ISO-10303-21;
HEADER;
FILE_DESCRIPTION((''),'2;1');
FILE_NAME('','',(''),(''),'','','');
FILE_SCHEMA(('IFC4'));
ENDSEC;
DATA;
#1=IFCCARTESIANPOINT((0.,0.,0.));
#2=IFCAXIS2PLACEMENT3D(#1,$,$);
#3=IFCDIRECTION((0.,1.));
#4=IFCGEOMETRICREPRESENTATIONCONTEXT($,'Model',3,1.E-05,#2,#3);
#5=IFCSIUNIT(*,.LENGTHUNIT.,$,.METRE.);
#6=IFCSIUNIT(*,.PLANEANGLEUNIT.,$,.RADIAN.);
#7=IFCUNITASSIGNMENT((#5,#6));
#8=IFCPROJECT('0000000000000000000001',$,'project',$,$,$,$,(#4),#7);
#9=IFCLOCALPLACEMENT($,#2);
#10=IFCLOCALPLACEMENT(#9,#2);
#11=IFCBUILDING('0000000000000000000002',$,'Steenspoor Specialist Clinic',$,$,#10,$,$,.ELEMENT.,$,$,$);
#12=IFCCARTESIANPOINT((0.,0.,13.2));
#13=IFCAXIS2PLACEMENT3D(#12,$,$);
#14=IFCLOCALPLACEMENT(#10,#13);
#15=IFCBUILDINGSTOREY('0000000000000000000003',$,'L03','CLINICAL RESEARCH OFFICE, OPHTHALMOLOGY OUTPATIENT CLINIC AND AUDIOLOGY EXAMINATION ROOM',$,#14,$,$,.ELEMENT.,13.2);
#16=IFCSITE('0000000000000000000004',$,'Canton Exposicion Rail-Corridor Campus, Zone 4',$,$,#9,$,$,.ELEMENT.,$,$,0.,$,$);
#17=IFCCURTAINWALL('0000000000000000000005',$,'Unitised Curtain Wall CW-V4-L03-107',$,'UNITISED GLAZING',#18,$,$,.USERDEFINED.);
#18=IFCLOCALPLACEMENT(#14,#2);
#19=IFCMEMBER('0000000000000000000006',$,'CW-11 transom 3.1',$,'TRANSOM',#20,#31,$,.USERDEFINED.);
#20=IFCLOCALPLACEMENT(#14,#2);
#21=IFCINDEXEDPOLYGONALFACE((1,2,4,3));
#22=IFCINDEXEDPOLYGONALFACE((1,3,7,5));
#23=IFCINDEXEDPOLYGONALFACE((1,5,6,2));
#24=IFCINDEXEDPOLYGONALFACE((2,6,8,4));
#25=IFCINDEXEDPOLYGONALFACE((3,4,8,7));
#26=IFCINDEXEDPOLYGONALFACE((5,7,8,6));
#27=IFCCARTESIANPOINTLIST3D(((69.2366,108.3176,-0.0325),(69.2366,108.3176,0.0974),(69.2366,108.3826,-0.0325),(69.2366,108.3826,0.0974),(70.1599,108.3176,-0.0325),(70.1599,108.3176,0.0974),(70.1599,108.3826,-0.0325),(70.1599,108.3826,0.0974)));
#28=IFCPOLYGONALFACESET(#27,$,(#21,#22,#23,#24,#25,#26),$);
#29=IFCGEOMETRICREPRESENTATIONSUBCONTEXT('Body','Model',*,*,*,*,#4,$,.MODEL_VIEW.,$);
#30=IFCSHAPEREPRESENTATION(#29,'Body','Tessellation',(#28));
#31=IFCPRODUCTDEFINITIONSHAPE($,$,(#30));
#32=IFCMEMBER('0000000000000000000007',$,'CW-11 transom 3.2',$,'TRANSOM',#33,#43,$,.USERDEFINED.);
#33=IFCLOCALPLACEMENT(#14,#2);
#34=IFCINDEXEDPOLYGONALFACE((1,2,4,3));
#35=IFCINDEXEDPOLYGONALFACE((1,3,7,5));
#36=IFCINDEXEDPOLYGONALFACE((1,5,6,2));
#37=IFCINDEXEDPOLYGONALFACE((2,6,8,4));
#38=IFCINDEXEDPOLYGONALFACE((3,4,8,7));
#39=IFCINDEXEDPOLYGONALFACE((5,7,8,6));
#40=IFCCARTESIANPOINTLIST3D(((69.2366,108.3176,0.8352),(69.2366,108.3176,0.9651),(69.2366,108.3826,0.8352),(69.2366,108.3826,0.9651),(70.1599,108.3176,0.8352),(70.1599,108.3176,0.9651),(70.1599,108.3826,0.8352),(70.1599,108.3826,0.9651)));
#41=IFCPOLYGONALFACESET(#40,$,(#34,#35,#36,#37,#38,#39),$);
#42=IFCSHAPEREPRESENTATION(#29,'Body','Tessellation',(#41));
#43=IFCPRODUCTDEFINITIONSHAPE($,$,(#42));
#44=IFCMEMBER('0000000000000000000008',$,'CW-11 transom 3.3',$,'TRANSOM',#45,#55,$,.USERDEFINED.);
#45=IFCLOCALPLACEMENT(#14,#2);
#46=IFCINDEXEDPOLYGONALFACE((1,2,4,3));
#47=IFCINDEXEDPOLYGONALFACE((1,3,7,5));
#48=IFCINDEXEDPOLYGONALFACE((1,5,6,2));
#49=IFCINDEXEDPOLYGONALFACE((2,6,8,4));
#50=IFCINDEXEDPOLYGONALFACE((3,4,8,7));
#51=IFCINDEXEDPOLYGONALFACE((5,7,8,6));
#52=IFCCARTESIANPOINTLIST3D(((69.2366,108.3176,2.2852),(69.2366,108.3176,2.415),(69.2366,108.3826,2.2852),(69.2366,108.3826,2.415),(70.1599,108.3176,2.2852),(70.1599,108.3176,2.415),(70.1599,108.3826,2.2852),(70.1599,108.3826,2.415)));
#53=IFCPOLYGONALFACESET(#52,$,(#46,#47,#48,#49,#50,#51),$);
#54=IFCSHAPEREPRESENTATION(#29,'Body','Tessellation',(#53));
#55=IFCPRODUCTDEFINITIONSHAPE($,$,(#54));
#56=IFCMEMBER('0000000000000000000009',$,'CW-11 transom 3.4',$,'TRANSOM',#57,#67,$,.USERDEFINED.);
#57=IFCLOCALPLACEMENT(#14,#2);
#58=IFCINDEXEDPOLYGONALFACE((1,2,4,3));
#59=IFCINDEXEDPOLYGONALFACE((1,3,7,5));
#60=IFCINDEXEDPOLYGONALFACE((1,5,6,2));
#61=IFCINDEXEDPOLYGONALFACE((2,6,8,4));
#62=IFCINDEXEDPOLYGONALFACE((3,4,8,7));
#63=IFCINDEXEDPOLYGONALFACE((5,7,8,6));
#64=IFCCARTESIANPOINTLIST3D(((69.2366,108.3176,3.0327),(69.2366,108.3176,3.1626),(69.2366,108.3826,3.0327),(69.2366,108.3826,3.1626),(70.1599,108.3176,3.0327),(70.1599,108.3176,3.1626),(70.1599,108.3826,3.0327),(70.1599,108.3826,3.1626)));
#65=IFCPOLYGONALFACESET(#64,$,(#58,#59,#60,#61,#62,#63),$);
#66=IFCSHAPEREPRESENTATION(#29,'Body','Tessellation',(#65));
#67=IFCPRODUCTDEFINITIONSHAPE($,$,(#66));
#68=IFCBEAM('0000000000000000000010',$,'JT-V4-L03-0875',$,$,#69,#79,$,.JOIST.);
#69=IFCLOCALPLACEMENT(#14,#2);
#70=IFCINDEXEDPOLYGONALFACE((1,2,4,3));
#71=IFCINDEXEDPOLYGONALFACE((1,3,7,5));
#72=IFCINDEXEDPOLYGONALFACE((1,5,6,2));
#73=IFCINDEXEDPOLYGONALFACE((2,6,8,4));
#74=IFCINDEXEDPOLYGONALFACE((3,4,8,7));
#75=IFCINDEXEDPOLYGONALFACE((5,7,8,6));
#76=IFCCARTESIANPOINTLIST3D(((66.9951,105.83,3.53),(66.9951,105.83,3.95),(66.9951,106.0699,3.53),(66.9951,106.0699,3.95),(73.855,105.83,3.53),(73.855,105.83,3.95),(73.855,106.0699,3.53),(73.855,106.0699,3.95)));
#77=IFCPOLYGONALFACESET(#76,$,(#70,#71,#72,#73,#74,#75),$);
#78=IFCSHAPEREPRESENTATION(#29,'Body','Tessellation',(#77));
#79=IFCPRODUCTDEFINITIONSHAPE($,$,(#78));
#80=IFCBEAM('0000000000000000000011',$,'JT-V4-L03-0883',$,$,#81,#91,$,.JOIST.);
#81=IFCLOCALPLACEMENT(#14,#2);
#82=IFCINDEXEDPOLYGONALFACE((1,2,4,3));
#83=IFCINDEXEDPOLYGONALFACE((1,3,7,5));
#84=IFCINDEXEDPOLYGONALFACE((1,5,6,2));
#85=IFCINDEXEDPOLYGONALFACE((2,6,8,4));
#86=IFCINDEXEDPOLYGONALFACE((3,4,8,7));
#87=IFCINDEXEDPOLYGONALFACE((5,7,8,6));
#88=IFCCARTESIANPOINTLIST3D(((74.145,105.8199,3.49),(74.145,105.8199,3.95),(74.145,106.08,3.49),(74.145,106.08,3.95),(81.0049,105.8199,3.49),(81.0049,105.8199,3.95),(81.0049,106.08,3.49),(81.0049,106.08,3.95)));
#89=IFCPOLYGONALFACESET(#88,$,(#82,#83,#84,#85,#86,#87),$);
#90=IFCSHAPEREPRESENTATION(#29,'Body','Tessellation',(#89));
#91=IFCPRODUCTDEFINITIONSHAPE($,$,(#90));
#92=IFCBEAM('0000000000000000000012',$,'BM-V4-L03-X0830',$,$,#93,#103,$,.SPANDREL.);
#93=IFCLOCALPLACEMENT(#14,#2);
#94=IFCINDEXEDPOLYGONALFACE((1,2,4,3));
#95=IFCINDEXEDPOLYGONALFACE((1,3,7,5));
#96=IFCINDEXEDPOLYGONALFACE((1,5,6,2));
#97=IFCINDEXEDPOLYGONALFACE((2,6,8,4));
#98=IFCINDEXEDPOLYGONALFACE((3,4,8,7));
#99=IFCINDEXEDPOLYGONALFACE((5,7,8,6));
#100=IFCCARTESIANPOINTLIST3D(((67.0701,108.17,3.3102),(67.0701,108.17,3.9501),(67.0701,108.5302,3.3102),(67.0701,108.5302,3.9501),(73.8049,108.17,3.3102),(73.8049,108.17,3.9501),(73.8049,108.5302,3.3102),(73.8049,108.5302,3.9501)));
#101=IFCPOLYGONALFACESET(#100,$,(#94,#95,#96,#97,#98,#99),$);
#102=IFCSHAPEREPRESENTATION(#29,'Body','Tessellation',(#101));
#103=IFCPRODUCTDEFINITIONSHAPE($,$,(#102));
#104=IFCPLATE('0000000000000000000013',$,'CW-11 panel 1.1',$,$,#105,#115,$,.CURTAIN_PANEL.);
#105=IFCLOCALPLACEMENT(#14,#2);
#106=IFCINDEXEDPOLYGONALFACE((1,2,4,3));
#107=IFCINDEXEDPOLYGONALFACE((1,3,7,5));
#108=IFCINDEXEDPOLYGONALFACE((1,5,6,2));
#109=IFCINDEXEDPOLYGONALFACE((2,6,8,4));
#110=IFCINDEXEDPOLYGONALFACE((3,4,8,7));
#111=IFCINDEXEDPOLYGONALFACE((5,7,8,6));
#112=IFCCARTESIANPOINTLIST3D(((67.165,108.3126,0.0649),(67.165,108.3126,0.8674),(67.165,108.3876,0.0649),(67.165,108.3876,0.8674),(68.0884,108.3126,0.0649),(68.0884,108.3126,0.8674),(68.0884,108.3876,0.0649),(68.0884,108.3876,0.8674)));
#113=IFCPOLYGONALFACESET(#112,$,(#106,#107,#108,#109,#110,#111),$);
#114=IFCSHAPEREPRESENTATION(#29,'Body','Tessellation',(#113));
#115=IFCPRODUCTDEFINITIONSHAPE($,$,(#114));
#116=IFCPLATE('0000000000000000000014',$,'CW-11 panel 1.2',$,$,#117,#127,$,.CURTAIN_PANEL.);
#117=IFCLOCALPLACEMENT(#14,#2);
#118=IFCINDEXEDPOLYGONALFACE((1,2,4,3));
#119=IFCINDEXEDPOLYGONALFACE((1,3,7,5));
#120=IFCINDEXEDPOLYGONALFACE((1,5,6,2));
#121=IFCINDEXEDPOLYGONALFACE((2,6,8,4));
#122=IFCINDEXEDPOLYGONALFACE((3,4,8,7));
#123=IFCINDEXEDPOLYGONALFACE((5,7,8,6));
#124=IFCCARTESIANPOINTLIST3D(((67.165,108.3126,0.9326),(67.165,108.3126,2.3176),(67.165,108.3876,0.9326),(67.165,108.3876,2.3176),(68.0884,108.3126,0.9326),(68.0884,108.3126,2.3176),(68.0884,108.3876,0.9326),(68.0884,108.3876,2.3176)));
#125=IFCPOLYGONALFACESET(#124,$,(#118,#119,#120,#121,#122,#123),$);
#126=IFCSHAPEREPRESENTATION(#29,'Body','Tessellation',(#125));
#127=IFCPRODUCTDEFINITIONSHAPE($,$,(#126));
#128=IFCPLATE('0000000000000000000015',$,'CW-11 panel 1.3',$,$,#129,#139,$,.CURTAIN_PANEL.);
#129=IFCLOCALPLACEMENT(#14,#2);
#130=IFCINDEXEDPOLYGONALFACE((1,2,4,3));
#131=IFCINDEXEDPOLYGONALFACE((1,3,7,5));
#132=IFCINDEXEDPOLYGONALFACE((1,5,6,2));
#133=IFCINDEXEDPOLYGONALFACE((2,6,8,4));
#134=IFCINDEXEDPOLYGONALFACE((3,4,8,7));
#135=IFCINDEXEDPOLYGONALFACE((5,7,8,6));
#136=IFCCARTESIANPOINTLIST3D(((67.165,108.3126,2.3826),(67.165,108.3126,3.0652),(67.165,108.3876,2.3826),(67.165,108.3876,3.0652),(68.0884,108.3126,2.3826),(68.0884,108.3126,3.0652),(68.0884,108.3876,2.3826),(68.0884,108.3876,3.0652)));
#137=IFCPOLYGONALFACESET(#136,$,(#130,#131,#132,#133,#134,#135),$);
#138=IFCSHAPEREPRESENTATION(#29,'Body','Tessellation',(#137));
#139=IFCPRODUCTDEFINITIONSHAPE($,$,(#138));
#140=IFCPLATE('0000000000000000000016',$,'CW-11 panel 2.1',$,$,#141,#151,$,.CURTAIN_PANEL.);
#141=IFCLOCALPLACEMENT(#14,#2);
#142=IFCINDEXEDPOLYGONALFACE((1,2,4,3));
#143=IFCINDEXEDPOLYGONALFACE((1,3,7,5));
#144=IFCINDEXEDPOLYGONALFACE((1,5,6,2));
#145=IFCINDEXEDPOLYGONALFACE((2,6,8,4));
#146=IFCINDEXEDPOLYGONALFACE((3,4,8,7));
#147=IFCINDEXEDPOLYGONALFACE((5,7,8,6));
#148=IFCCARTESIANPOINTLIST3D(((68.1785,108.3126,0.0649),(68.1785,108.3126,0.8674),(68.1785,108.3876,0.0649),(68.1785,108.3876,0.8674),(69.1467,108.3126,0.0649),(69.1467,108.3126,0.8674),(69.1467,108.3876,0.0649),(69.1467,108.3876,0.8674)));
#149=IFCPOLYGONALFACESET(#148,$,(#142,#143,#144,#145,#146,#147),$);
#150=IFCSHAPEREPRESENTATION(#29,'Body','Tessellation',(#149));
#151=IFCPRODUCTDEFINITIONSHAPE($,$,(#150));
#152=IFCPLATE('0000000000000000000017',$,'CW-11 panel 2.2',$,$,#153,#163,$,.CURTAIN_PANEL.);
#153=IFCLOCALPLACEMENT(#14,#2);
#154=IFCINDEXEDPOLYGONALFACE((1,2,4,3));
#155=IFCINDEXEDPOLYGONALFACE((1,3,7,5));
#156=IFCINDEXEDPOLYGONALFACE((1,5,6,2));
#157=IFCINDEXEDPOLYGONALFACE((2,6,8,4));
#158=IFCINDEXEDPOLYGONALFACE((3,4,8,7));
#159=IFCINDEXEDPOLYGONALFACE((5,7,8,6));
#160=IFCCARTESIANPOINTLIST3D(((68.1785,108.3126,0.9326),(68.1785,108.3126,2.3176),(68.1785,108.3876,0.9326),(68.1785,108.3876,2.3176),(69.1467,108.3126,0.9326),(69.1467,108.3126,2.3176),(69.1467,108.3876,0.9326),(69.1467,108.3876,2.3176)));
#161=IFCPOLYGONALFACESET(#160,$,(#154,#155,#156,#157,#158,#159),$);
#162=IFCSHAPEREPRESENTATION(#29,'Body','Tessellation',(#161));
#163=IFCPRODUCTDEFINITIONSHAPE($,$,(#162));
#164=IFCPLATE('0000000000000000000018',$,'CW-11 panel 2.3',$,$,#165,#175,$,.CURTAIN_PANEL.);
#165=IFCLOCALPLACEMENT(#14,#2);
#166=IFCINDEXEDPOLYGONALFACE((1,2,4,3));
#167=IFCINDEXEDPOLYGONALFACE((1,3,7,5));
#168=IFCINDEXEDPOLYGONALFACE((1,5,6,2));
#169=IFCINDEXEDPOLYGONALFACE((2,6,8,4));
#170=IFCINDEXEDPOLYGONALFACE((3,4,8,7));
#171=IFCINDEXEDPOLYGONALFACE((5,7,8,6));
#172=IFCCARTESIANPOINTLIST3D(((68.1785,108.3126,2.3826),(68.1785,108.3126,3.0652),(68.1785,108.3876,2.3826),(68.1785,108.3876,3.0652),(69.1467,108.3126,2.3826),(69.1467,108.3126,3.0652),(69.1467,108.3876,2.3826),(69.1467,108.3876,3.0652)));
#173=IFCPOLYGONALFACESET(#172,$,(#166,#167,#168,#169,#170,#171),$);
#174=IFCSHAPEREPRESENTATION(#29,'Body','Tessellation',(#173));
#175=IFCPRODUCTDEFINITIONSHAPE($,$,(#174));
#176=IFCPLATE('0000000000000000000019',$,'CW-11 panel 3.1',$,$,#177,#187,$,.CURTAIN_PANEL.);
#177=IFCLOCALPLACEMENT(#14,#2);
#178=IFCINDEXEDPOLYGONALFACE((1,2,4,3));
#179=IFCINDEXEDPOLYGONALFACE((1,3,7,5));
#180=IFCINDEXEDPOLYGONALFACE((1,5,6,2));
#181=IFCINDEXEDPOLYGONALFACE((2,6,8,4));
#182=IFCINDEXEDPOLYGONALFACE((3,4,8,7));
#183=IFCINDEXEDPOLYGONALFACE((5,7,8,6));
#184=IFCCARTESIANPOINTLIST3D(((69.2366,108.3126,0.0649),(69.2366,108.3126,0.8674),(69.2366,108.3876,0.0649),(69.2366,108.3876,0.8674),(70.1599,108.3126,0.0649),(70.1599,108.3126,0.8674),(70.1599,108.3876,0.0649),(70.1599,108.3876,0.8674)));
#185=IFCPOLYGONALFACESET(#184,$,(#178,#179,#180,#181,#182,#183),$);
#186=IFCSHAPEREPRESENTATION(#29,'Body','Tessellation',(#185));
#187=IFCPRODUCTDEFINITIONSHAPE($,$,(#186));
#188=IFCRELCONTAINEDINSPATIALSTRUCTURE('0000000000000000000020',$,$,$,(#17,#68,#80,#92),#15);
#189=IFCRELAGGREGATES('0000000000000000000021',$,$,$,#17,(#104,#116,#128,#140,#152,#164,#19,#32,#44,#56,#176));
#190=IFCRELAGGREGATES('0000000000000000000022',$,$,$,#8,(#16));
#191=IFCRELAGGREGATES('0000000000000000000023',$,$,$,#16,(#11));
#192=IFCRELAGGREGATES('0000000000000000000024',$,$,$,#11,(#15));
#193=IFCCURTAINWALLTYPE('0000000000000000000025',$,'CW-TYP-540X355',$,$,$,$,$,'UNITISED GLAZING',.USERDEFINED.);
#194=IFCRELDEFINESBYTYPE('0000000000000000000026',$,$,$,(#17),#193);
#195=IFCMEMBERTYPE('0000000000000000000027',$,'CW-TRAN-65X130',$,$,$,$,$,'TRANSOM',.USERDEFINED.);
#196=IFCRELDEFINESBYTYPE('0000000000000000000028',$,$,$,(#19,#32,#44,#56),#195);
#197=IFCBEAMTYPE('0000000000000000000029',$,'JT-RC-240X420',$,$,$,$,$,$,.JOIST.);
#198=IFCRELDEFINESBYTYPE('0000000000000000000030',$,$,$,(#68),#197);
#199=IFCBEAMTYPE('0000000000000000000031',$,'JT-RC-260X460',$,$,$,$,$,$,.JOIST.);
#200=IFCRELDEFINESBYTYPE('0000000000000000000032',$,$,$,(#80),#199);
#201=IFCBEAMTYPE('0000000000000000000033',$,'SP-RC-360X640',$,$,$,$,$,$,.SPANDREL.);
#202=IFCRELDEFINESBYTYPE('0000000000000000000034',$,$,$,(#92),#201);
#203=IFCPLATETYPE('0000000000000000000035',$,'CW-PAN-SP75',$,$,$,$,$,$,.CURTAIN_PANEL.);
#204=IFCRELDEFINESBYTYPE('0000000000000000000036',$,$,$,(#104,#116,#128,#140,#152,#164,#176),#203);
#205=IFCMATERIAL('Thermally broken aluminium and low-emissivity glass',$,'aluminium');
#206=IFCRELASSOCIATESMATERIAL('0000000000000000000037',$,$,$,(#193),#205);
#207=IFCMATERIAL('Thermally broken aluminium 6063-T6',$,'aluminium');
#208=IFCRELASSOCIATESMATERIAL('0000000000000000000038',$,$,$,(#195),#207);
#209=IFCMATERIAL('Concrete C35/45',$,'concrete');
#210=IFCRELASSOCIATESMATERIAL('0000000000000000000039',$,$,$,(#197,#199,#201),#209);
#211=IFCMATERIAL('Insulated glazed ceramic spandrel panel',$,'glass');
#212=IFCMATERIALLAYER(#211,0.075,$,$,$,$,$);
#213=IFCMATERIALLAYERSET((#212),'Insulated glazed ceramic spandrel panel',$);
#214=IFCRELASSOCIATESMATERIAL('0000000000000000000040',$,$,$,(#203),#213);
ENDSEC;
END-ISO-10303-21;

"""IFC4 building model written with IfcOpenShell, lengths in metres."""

from ifc_helpers import new_model, si_unit, direction, frame, origin, origin_2d, place, context, subcontext, project, spatial, rectangle, extrude, material, layer, layer_set, material_profile, profile_set, type_object, element, aggregate, save


model = new_model("IFC4")

# Units and contexts
model_context = context("Model", 3, precision=1e-05, world=origin(), true_north=direction((0.0, 1.0)))
body_context = subcontext(model_context, "Body", "Model", "MODEL_VIEW")
ifc_project = project(units=[si_unit("LENGTHUNIT", "METRE"), si_unit("PLANEANGLEUNIT", "RADIAN")], contexts=[model_context])

# Site, building, storey
site_placement = place(None, origin())
site = spatial("IfcSite", under=ifc_project, at=site_placement, Name="Canton Exposicion Rail-Corridor Campus, Zone 4", CompositionType="ELEMENT", RefElevation=0.0)
building_placement = place(site_placement, origin())
building = spatial("IfcBuilding", under=site, at=building_placement, Name="Steenspoor Specialist Clinic", CompositionType="ELEMENT")
storey_placement = place(building_placement, frame((0.0, 0.0, 13.2)))
storey = spatial("IfcBuildingStorey", under=building, at=storey_placement, Name="L03", Description="CLINICAL RESEARCH OFFICE, OPHTHALMOLOGY OUTPATIENT CLINIC AND AUDIOLOGY EXAMINATION ROOM", CompositionType="ELEMENT", Elevation=13.2)

# Curtain wall, members
ifc_material_1 = material(Name="Thermally broken aluminium and low-emissivity glass", Category="aluminium")
curtain_wall_type = type_object("IfcCurtainWallType", Name="CW-TYP-540X355", ElementType="UNITISED GLAZING", PredefinedType="USERDEFINED", material=ifc_material_1)
curtain_wall_placement = place(storey_placement, origin())
curtain_wall = element("IfcCurtainWall", 1, at=curtain_wall_placement, inside=storey, type_object=curtain_wall_type, Name="Unitised Curtain Wall CW-V4-L03-107", ObjectType="UNITISED GLAZING", PredefinedType="USERDEFINED")
ifc_material_2 = material(Name="Thermally broken aluminium 6063-T6", Category="aluminium")
ifc_material_profile_1 = material_profile(ifc_material_2, rectangle(XDim=0.0649, YDim=0.1299, at=origin_2d()), Name="CWT-65X130")
ifc_profile_set_1 = profile_set([ifc_material_profile_1], Name="Thermally broken aluminium 6063-T6")
member_type_1 = type_object("IfcMemberType", Name="CW-TRAN-65X130", ElementType="TRANSOM", PredefinedType="USERDEFINED", material=ifc_profile_set_1)
member_1_placement = place(storey_placement, frame((69.2366, 108.3501, 0.0325), z_axis=(1.0, 0.0, 0.0), x_axis=(0.0, 1.0, 0.0)))
member_1 = element("IfcMember", 2, at=member_1_placement, type_object=member_type_1, Name="CW-11 transom 3.1", ObjectType="TRANSOM", PredefinedType="USERDEFINED", context=body_context, shape_type="SweptSolid", body=[
    extrude(rectangle(XDim=0.0649, YDim=0.1299, at=origin_2d()), origin(), (0.0, 0.0, 1.0), 0.9233),
])
member_2_placement = place(storey_placement, frame((69.2366, 108.3501, 0.9001), z_axis=(1.0, 0.0, 0.0), x_axis=(0.0, 1.0, 0.0)))
member_2 = element("IfcMember", 3, at=member_2_placement, type_object=member_type_1, Name="CW-11 transom 3.2", ObjectType="TRANSOM", PredefinedType="USERDEFINED", context=body_context, shape_type="SweptSolid", body=[
    extrude(rectangle(XDim=0.0649, YDim=0.1299, at=origin_2d()), origin(), (0.0, 0.0, 1.0), 0.9233),
])
member_3_placement = place(storey_placement, frame((69.2366, 108.3501, 2.3501), z_axis=(1.0, 0.0, 0.0), x_axis=(0.0, 1.0, 0.0)))
member_3 = element("IfcMember", 4, at=member_3_placement, type_object=member_type_1, Name="CW-11 transom 3.3", ObjectType="TRANSOM", PredefinedType="USERDEFINED", context=body_context, shape_type="SweptSolid", body=[
    extrude(rectangle(XDim=0.0649, YDim=0.1299, at=origin_2d()), origin(), (0.0, 0.0, 1.0), 0.9233),
])
member_4_placement = place(storey_placement, frame((69.2366, 108.3501, 3.0977), z_axis=(1.0, 0.0, 0.0), x_axis=(0.0, 1.0, 0.0)))
member_4 = element("IfcMember", 5, at=member_4_placement, type_object=member_type_1, Name="CW-11 transom 3.4", ObjectType="TRANSOM", PredefinedType="USERDEFINED", context=body_context, shape_type="SweptSolid", body=[
    extrude(rectangle(XDim=0.0649, YDim=0.1299, at=origin_2d()), origin(), (0.0, 0.0, 1.0), 0.9233),
])

# Beams
ifc_material_3 = material(Name="Concrete C35/45", Category="concrete")
ifc_material_profile_2 = material_profile(ifc_material_3, rectangle(XDim=0.24, YDim=0.4199, at=origin_2d()), Name="RC-JT-240X420")
ifc_profile_set_2 = profile_set([ifc_material_profile_2], Name="Concrete C35/45")
beam_type_1 = type_object("IfcBeamType", Name="JT-RC-240X420", PredefinedType="JOIST", material=ifc_profile_set_2)
beam_1_placement = place(storey_placement, frame((66.9951, 105.95, 3.74), z_axis=(1.0, 0.0, 0.0), x_axis=(0.0, 1.0, 0.0)))
element("IfcBeam", 6, at=beam_1_placement, inside=storey, type_object=beam_type_1, Name="JT-V4-L03-0875", PredefinedType="JOIST", context=body_context, shape_type="SweptSolid", body=[
    extrude(rectangle(XDim=0.24, YDim=0.4199, at=origin_2d()), origin(), (0.0, 0.0, 1.0), 6.8599),
])
ifc_material_profile_3 = material_profile(ifc_material_3, rectangle(XDim=0.26, YDim=0.46, at=origin_2d()), Name="RC-JT-260X460")
ifc_profile_set_3 = profile_set([ifc_material_profile_3], Name="Concrete C35/45")
beam_type_2 = type_object("IfcBeamType", Name="JT-RC-260X460", PredefinedType="JOIST", material=ifc_profile_set_3)
beam_2_placement = place(storey_placement, frame((74.145, 105.95, 3.72), z_axis=(1.0, 0.0, 0.0), x_axis=(0.0, 1.0, 0.0)))
element("IfcBeam", 7, at=beam_2_placement, inside=storey, type_object=beam_type_2, Name="JT-V4-L03-0883", PredefinedType="JOIST", context=body_context, shape_type="SweptSolid", body=[
    extrude(rectangle(XDim=0.26, YDim=0.46, at=origin_2d()), origin(), (0.0, 0.0, 1.0), 6.8599),
])
ifc_material_profile_4 = material_profile(ifc_material_3, rectangle(XDim=0.3601, YDim=0.6399, at=origin_2d()), Name="RC-SP-360X640")
ifc_profile_set_4 = profile_set([ifc_material_profile_4], Name="Concrete C35/45")
beam_type_3 = type_object("IfcBeamType", Name="SP-RC-360X640", PredefinedType="SPANDREL", material=ifc_profile_set_4)
beam_3_placement = place(storey_placement, frame((67.0701, 108.3501, 3.6301), z_axis=(1.0, 0.0, 0.0), x_axis=(0.0, 1.0, 0.0)))
element("IfcBeam", 8, at=beam_3_placement, inside=storey, type_object=beam_type_3, Name="BM-V4-L03-X0830", PredefinedType="SPANDREL", context=body_context, shape_type="SweptSolid", body=[
    extrude(rectangle(XDim=0.3601, YDim=0.6399, at=origin_2d()), origin(), (0.0, 0.0, 1.0), 6.7349),
])

# Plates
ifc_material_4 = material(Name="Insulated glazed ceramic spandrel panel", Category="glass")
ifc_layer_1 = layer(ifc_material_4, 0.075)
ifc_layer_set_1 = layer_set([ifc_layer_1], Name="Insulated glazed ceramic spandrel panel")
plate_type = type_object("IfcPlateType", Name="CW-PAN-SP75", PredefinedType="CURTAIN_PANEL", material=ifc_layer_set_1)
plate_1_placement = place(storey_placement, frame((67.6267, 108.3501, 0.0649), z_axis=(0.0, 0.0, 1.0), x_axis=(1.0, 0.0, 0.0)))
plate_1 = element("IfcPlate", 9, at=plate_1_placement, type_object=plate_type, Name="CW-11 panel 1.1", PredefinedType="CURTAIN_PANEL", context=body_context, shape_type="SweptSolid", body=[
    extrude(rectangle(XDim=0.9233, YDim=0.075, at=origin_2d()), origin(), (0.0, 0.0, 1.0), 0.8025),
])
plate_2_placement = place(storey_placement, frame((67.6267, 108.3501, 0.9326), z_axis=(0.0, 0.0, 1.0), x_axis=(1.0, 0.0, 0.0)))
plate_2 = element("IfcPlate", 10, at=plate_2_placement, type_object=plate_type, Name="CW-11 panel 1.2", PredefinedType="CURTAIN_PANEL", context=body_context, shape_type="SweptSolid", body=[
    extrude(rectangle(XDim=0.9233, YDim=0.075, at=origin_2d()), origin(), (0.0, 0.0, 1.0), 1.385),
])
plate_3_placement = place(storey_placement, frame((67.6267, 108.3501, 2.3826), z_axis=(0.0, 0.0, 1.0), x_axis=(1.0, 0.0, 0.0)))
plate_3 = element("IfcPlate", 11, at=plate_3_placement, type_object=plate_type, Name="CW-11 panel 1.3", PredefinedType="CURTAIN_PANEL", context=body_context, shape_type="SweptSolid", body=[
    extrude(rectangle(XDim=0.9233, YDim=0.075, at=origin_2d()), origin(), (0.0, 0.0, 1.0), 0.6826),
])
plate_4_placement = place(storey_placement, frame((68.6626, 108.3501, 0.0649), z_axis=(0.0, 0.0, 1.0), x_axis=(1.0, 0.0, 0.0)))
plate_4 = element("IfcPlate", 12, at=plate_4_placement, type_object=plate_type, Name="CW-11 panel 2.1", PredefinedType="CURTAIN_PANEL", context=body_context, shape_type="SweptSolid", body=[
    extrude(rectangle(XDim=0.9683, YDim=0.075, at=origin_2d()), origin(), (0.0, 0.0, 1.0), 0.8025),
])
plate_5_placement = place(storey_placement, frame((68.6626, 108.3501, 0.9326), z_axis=(0.0, 0.0, 1.0), x_axis=(1.0, 0.0, 0.0)))
plate_5 = element("IfcPlate", 13, at=plate_5_placement, type_object=plate_type, Name="CW-11 panel 2.2", PredefinedType="CURTAIN_PANEL", context=body_context, shape_type="SweptSolid", body=[
    extrude(rectangle(XDim=0.9683, YDim=0.075, at=origin_2d()), origin(), (0.0, 0.0, 1.0), 1.385),
])
plate_6_placement = place(storey_placement, frame((68.6626, 108.3501, 2.3826), z_axis=(0.0, 0.0, 1.0), x_axis=(1.0, 0.0, 0.0)))
plate_6 = element("IfcPlate", 14, at=plate_6_placement, type_object=plate_type, Name="CW-11 panel 2.3", PredefinedType="CURTAIN_PANEL", context=body_context, shape_type="SweptSolid", body=[
    extrude(rectangle(XDim=0.9683, YDim=0.075, at=origin_2d()), origin(), (0.0, 0.0, 1.0), 0.6826),
])
plate_7_placement = place(storey_placement, frame((69.6982, 108.3501, 0.0649), z_axis=(0.0, 0.0, 1.0), x_axis=(1.0, 0.0, 0.0)))
plate_7 = element("IfcPlate", 15, at=plate_7_placement, type_object=plate_type, Name="CW-11 panel 3.1", PredefinedType="CURTAIN_PANEL", context=body_context, shape_type="SweptSolid", body=[
    extrude(rectangle(XDim=0.9233, YDim=0.075, at=origin_2d()), origin(), (0.0, 0.0, 1.0), 0.8025),
])
aggregate(curtain_wall, [plate_1, plate_2, plate_3, plate_4, plate_5, plate_6, member_1, member_2, member_3, member_4, plate_7])

save(model, "model.ifc")
